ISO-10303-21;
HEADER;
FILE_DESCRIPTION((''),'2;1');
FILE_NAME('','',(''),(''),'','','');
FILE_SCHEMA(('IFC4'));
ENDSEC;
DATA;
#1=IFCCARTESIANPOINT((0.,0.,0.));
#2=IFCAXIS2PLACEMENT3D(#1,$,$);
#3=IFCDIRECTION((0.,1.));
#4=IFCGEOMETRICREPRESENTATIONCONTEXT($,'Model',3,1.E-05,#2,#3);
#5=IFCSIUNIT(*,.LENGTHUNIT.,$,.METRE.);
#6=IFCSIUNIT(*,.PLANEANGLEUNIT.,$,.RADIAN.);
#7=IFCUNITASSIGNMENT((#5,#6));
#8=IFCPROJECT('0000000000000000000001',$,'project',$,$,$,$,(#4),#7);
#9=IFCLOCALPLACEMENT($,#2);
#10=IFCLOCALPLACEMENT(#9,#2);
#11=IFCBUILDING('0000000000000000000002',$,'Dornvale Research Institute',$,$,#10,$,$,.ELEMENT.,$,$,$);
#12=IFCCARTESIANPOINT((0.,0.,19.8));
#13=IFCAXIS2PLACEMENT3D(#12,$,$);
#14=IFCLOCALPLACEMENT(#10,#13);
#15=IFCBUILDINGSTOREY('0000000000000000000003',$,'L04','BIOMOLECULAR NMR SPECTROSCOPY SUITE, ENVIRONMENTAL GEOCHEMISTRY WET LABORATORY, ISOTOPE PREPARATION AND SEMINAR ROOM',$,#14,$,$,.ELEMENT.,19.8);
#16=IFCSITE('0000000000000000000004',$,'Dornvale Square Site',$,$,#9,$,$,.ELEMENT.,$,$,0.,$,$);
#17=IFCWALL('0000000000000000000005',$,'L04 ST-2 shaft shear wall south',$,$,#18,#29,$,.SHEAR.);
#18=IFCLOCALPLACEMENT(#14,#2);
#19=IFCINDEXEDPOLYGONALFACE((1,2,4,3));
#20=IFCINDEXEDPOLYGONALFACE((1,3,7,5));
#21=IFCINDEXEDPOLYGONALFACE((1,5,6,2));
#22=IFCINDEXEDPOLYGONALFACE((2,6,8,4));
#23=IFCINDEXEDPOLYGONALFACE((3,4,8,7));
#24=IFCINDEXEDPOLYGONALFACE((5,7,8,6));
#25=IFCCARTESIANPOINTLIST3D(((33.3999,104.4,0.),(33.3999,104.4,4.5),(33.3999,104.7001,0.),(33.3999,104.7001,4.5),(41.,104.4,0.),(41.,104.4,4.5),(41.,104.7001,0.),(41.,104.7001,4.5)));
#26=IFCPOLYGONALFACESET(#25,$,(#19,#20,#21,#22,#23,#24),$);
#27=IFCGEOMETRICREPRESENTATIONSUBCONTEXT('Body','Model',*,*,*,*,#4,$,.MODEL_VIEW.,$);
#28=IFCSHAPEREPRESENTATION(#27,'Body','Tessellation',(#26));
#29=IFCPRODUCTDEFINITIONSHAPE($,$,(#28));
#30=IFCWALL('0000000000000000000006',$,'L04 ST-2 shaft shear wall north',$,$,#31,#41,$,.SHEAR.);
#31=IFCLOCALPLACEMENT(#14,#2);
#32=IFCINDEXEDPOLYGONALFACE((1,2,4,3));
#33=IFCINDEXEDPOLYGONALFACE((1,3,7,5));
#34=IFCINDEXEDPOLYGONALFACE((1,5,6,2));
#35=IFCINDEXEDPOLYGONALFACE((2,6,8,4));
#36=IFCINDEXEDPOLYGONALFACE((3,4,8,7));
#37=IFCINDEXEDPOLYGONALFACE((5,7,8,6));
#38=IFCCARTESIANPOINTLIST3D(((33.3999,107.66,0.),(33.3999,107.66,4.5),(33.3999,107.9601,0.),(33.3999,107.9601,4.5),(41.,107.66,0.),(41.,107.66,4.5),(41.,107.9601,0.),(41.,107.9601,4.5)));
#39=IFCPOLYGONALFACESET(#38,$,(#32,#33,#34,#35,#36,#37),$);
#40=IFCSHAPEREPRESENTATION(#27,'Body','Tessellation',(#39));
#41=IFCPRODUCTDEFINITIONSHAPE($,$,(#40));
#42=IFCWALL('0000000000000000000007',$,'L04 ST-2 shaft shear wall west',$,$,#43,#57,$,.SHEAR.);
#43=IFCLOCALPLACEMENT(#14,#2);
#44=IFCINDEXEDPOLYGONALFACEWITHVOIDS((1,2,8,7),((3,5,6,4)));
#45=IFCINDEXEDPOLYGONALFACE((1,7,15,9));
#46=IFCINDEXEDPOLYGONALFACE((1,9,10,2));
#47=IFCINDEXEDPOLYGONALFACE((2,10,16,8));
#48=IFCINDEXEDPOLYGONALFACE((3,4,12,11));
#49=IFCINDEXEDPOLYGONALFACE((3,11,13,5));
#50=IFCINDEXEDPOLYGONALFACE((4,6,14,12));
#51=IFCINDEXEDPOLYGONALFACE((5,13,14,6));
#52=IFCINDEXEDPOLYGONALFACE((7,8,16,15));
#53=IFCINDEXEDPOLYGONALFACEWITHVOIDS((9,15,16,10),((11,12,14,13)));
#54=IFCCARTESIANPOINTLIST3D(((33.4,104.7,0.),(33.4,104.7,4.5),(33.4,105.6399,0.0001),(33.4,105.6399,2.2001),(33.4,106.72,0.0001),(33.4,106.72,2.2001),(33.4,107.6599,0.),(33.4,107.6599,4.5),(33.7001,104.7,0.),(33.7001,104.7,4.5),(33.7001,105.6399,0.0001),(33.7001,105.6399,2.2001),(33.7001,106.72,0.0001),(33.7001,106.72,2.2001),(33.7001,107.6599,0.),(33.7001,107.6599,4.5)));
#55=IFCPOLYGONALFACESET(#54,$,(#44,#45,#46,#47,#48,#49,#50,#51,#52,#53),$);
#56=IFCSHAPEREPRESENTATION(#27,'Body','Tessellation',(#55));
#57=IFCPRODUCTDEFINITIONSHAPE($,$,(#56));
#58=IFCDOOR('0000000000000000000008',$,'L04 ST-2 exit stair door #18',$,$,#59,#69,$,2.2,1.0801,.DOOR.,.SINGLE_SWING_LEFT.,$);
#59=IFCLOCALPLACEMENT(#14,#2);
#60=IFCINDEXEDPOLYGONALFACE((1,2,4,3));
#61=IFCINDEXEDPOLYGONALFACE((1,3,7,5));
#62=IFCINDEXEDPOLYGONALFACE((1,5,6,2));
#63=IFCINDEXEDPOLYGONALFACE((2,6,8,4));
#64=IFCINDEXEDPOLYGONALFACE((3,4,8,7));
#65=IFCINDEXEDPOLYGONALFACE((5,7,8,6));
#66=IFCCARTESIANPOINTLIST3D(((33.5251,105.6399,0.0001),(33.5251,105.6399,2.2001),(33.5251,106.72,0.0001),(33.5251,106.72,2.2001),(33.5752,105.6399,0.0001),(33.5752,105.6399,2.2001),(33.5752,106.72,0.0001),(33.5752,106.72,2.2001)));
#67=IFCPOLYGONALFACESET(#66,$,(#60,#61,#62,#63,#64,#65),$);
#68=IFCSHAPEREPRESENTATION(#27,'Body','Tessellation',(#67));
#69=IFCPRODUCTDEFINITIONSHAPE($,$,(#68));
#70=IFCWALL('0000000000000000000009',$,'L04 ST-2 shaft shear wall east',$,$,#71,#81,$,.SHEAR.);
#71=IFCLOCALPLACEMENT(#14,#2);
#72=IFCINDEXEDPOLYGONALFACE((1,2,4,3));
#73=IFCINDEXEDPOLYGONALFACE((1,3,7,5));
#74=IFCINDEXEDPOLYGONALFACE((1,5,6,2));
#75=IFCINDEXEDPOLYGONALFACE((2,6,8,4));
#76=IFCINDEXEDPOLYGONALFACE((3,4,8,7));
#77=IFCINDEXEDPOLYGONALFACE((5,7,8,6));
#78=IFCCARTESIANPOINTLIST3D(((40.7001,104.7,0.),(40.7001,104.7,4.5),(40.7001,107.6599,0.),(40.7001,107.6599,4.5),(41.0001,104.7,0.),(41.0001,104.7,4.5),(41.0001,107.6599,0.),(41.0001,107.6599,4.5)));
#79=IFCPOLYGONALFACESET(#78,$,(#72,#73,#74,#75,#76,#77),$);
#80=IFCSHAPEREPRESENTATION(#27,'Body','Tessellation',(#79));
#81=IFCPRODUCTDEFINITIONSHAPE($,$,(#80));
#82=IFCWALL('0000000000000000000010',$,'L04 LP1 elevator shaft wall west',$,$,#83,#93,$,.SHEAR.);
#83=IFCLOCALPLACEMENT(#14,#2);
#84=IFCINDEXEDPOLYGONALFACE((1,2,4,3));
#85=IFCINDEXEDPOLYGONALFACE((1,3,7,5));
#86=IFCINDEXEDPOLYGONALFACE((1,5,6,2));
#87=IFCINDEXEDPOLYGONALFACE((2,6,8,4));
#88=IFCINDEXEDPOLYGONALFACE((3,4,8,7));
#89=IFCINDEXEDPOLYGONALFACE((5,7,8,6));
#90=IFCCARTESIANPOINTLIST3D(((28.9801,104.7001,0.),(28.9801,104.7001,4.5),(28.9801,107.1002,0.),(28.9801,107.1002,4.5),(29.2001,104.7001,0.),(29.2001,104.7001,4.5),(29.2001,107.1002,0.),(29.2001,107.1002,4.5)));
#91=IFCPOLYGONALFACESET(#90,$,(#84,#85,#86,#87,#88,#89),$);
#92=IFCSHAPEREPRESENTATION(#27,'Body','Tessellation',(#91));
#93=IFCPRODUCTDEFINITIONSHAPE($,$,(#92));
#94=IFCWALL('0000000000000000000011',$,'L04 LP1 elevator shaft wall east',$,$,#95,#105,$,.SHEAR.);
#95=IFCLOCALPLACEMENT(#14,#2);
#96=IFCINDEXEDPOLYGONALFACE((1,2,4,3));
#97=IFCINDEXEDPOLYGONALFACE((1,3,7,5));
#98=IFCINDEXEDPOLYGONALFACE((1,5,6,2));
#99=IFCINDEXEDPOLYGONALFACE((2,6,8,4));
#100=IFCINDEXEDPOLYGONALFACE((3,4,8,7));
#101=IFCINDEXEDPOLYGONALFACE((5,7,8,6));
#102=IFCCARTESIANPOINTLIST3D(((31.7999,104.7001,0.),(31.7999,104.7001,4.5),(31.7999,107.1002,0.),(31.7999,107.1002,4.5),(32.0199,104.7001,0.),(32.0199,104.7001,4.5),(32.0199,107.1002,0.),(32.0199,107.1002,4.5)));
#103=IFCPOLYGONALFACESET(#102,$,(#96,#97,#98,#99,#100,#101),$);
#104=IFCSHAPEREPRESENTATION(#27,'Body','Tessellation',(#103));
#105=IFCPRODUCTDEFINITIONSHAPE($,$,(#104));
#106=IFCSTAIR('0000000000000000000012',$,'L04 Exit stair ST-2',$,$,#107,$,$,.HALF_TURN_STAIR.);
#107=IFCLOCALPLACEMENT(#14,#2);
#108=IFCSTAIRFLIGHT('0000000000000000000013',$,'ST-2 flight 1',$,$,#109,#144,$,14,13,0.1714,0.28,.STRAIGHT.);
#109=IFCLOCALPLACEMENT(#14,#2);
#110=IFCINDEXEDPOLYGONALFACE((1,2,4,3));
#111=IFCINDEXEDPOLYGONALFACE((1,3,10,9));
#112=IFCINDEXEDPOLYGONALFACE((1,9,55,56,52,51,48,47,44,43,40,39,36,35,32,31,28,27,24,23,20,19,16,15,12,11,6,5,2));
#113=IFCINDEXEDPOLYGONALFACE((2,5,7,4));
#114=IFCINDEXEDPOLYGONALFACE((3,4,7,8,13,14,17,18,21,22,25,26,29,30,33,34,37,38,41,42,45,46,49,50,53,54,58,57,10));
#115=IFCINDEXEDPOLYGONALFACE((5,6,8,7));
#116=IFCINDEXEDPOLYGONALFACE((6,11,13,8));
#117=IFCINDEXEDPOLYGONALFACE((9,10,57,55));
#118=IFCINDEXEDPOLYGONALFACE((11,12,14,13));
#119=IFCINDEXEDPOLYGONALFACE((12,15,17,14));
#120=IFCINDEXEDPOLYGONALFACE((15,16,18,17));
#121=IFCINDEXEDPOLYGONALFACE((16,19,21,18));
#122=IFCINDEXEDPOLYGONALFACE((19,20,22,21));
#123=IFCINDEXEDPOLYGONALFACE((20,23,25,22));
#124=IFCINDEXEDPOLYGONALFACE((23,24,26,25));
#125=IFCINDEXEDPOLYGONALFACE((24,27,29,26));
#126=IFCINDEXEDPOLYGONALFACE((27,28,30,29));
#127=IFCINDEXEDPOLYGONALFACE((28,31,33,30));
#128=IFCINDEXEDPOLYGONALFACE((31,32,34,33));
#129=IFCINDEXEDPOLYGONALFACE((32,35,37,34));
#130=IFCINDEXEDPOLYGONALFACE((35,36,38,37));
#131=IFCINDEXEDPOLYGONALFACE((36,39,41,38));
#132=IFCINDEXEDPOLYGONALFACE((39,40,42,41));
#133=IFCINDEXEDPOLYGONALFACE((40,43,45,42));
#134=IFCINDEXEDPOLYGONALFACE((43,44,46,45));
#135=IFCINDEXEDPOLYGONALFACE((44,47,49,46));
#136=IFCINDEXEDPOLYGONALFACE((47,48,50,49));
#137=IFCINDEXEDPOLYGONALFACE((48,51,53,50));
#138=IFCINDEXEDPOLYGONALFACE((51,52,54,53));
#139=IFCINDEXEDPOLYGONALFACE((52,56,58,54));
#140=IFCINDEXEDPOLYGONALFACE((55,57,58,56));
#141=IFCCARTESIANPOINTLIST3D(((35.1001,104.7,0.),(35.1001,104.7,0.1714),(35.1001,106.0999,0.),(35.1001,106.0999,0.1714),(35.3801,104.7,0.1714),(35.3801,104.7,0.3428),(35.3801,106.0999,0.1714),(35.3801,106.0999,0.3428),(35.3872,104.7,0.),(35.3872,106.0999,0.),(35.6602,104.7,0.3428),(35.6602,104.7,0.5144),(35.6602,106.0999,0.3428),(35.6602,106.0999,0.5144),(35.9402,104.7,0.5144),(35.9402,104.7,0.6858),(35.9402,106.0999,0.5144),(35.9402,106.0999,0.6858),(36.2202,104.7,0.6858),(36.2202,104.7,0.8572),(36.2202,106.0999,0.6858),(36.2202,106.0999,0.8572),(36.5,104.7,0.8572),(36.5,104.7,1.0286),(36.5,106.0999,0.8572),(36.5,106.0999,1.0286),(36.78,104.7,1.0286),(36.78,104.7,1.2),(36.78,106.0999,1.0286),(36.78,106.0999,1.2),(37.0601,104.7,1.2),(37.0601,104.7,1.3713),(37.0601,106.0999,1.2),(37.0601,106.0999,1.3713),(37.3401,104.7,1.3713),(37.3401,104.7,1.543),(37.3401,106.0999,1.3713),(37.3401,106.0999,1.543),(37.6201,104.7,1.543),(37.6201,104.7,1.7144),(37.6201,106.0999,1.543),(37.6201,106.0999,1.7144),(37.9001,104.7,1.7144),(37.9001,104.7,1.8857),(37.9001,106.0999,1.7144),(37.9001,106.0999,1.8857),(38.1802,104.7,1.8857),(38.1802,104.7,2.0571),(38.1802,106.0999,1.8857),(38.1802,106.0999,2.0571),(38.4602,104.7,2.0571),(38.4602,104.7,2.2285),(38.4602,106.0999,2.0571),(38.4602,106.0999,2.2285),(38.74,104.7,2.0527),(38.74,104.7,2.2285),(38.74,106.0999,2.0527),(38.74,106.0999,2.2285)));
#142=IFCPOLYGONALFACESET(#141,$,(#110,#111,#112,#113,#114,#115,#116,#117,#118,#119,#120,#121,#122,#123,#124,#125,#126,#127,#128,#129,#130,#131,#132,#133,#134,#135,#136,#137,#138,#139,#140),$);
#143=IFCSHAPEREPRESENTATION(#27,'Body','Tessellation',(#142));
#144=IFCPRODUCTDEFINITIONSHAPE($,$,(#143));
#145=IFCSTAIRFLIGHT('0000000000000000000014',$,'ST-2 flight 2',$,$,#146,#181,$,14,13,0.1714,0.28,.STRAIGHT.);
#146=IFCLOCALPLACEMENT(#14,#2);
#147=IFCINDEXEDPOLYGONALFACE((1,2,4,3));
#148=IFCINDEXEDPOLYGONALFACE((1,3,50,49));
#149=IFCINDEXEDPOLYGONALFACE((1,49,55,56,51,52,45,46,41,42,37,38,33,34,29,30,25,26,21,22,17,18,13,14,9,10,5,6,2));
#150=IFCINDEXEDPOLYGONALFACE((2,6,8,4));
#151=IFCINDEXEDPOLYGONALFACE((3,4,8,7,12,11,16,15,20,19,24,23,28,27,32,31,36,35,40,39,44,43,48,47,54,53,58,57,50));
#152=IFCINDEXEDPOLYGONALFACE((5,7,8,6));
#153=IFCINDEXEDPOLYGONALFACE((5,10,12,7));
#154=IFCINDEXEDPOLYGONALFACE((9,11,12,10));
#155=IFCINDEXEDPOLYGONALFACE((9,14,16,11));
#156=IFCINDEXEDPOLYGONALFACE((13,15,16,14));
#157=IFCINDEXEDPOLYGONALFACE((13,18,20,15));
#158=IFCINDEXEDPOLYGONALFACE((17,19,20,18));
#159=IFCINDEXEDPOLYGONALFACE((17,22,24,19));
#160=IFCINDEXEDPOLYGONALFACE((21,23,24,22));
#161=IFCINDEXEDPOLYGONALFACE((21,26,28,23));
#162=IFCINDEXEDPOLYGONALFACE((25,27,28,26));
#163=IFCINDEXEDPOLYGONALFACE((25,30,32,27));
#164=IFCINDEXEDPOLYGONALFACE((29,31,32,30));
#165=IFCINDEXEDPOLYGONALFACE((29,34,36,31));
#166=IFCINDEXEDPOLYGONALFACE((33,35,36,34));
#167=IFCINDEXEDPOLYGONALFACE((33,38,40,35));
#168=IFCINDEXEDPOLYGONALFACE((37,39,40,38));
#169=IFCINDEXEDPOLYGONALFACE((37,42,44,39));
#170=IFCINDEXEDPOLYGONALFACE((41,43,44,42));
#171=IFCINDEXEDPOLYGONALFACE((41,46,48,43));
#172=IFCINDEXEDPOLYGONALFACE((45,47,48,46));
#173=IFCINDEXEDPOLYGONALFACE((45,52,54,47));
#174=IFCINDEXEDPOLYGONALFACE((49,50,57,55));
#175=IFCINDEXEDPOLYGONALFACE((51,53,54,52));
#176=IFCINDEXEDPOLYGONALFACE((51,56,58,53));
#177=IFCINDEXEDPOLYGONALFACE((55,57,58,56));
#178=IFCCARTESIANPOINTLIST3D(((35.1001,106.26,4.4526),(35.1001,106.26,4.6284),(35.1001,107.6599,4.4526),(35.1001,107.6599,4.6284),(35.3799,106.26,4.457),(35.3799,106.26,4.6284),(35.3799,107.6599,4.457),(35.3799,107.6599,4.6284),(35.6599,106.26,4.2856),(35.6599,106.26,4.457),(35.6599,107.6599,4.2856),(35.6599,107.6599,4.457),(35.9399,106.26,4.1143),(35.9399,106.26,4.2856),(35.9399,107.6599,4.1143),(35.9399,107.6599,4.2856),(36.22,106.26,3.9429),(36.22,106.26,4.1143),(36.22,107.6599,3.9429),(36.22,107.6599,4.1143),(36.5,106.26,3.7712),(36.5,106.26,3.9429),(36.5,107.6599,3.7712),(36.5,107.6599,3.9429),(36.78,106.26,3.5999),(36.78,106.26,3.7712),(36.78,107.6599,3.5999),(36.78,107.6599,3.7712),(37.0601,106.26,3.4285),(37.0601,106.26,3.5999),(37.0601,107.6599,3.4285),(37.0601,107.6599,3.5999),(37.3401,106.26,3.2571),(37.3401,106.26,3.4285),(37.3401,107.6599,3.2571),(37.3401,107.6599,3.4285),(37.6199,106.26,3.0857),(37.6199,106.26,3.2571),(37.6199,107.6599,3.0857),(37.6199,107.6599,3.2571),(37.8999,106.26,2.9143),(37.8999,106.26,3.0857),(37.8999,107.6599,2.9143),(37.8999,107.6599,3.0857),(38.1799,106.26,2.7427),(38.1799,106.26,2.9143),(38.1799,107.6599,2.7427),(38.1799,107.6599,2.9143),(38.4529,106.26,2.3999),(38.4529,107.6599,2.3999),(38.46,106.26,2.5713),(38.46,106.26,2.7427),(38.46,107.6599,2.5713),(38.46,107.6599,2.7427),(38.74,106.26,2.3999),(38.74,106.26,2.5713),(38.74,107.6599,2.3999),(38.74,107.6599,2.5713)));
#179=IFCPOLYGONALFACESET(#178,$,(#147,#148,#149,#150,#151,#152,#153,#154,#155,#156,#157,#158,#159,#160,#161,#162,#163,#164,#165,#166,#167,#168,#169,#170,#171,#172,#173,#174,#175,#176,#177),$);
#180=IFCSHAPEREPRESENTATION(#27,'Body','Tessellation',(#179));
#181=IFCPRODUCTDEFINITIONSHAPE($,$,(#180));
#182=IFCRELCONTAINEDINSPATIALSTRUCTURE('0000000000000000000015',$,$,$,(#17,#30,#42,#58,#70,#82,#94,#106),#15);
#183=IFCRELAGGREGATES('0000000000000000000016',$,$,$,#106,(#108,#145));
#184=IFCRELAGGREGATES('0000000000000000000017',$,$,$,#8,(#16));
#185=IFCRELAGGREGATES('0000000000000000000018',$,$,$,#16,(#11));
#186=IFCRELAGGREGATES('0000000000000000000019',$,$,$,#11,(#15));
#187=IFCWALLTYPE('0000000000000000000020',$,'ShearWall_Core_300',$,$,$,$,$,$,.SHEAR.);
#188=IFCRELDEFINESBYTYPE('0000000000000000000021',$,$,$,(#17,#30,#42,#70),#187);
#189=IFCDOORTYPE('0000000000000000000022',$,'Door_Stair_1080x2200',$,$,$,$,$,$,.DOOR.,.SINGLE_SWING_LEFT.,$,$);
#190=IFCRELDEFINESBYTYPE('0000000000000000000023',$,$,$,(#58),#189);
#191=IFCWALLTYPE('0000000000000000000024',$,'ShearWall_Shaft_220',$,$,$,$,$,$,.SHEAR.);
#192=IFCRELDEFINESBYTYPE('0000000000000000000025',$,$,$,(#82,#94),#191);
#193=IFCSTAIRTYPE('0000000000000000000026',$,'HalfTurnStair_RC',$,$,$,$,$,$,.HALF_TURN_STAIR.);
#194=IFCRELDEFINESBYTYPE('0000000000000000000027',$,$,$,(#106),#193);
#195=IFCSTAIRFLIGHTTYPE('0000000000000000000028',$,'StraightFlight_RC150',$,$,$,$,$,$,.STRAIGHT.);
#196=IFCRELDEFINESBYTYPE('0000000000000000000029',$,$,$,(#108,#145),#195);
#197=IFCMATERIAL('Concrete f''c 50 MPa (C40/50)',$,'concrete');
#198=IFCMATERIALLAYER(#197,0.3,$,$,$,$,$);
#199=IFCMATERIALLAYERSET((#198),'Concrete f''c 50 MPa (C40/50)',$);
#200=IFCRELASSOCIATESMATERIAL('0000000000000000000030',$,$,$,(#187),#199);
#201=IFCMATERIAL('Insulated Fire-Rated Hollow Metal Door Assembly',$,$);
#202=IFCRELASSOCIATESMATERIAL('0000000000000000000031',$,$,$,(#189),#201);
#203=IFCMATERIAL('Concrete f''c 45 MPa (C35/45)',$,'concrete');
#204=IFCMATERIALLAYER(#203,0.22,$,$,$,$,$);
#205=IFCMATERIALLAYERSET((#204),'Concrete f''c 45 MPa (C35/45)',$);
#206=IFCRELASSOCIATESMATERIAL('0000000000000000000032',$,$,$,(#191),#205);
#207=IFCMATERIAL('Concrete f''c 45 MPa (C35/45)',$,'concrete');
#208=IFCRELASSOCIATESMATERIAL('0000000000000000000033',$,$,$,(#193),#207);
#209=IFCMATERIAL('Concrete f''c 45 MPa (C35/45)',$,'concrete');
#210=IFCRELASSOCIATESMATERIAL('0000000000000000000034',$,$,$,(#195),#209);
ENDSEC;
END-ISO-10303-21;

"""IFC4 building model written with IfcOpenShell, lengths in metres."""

from ifc_helpers import new_model, si_unit, direction, frame, frame_2d, origin, place, context, subcontext, project, spatial, polyline, rectangle, outline, extrude, material, layer, layer_set, type_object, element, fill, aggregate, save


model = new_model("IFC4")

# Units and contexts
model_context = context("Model", 3, precision=1e-05, world=origin(), true_north=direction((0.0, 1.0)))
body_context = subcontext(model_context, "Body", "Model", "MODEL_VIEW")
ifc_project = project(units=[si_unit("LENGTHUNIT", "METRE"), si_unit("PLANEANGLEUNIT", "RADIAN")], contexts=[model_context])

# Site, building, storey
site_placement = place(None, origin())
site = spatial("IfcSite", under=ifc_project, at=site_placement, Name="Dornvale Square Site", CompositionType="ELEMENT", RefElevation=0.0)
building_placement = place(site_placement, origin())
building = spatial("IfcBuilding", under=site, at=building_placement, Name="Dornvale Research Institute", CompositionType="ELEMENT")
storey_placement = place(building_placement, frame((0.0, 0.0, 19.8)))
storey = spatial("IfcBuildingStorey", under=building, at=storey_placement, Name="L04", Description="BIOMOLECULAR NMR SPECTROSCOPY SUITE, ENVIRONMENTAL GEOCHEMISTRY WET LABORATORY, ISOTOPE PREPARATION AND SEMINAR ROOM", CompositionType="ELEMENT", Elevation=19.8)

# Walls
ifc_material_1 = material(Name="Concrete f'c 50 MPa (C40/50)", Category="concrete")
ifc_layer_1 = layer(ifc_material_1, 0.3)
ifc_layer_set_1 = layer_set([ifc_layer_1], Name="Concrete f'c 50 MPa (C40/50)")
wall_type_1 = type_object("IfcWallType", Name="ShearWall_Core_300", PredefinedType="SHEAR", material=ifc_layer_set_1)
for number, where, z_axis, x_axis, name in (
    (1, (33.3999, 104.55, 0.0), (0.0, 0.0, 1.0), (1.0, 0.0, 0.0), "L04 ST-2 shaft shear wall south"),
    (2, (33.3999, 107.8101, 0.0), (0.0, 0.0, 1.0), (1.0, 0.0, 0.0), "L04 ST-2 shaft shear wall north"),
):
    element("IfcWall", number, at=place(storey_placement, frame(where, z_axis=z_axis, x_axis=x_axis)), inside=storey, type_object=wall_type_1, Name=name, PredefinedType="SHEAR", context=body_context, shape_type="SweptSolid", body=[
        extrude(rectangle(XDim=7.6001, YDim=0.3, at=frame_2d((3.8, 0.0))), origin(), (0.0, 0.0, 1.0), 4.5),
    ])

# Wall, opening, door
wall_1_placement = place(storey_placement, frame((33.55, 104.7, 0.0), z_axis=(0.0, 0.0, 1.0), x_axis=(0.0, 1.0, 0.0)))
wall_1 = element("IfcWall", 3, at=wall_1_placement, inside=storey, type_object=wall_type_1, Name="L04 ST-2 shaft shear wall west", PredefinedType="SHEAR", context=body_context, shape_type="SweptSolid", body=[
    extrude(rectangle(XDim=2.96, YDim=0.3, at=frame_2d((1.48, 0.0))), origin(), (0.0, 0.0, 1.0), 4.5),
])
opening_placement = place(wall_1_placement, frame((0.9399, 0.0, 0.0)))
opening = element("IfcOpeningElement", 4, at=opening_placement, cuts=wall_1, PredefinedType="OPENING", context=body_context, shape_type="SweptSolid", body=[
    extrude(rectangle(XDim=1.0801, YDim=2.2, at=frame_2d((0.54, 1.1001))), frame((0.0, 0.165, 0.0), z_axis=(0.0, -1.0, 0.0), x_axis=(1.0, 0.0, 0.0)), (0.0, 0.0, 1.0), 0.3301),
])
ifc_material_2 = material(Name="Insulated Fire-Rated Hollow Metal Door Assembly")
door_type = type_object("IfcDoorType", Name="Door_Stair_1080x2200", OperationType="SINGLE_SWING_LEFT", PredefinedType="DOOR", material=ifc_material_2)
door_placement = place(opening_placement, origin())
door = element("IfcDoor", 5, at=door_placement, inside=storey, type_object=door_type, Name="L04 ST-2 exit stair door #18", OperationType="SINGLE_SWING_LEFT", OverallHeight=2.2, OverallWidth=1.0801, PredefinedType="DOOR", context=body_context, shape_type="SweptSolid", body=[
    extrude(rectangle(XDim=1.0801, YDim=2.2, at=frame_2d((0.54, 1.1001))), frame((0.0, 0.0249, 0.0), z_axis=(0.0, -1.0, 0.0), x_axis=(1.0, 0.0, 0.0)), (0.0, 0.0, 1.0), 0.05),
])
fill(opening, door)

# Walls
wall_2_placement = place(storey_placement, frame((40.8501, 104.7, 0.0), z_axis=(0.0, 0.0, 1.0), x_axis=(0.0, 1.0, 0.0)))
element("IfcWall", 6, at=wall_2_placement, inside=storey, type_object=wall_type_1, Name="L04 ST-2 shaft shear wall east", PredefinedType="SHEAR", context=body_context, shape_type="SweptSolid", body=[
    extrude(rectangle(XDim=2.96, YDim=0.3, at=frame_2d((1.48, 0.0))), origin(), (0.0, 0.0, 1.0), 4.5),
])
ifc_material_3 = material(Name="Concrete f'c 45 MPa (C35/45)", Category="concrete")
ifc_layer_2 = layer(ifc_material_3, 0.22)
ifc_layer_set_2 = layer_set([ifc_layer_2], Name="Concrete f'c 45 MPa (C35/45)")
wall_type_2 = type_object("IfcWallType", Name="ShearWall_Shaft_220", PredefinedType="SHEAR", material=ifc_layer_set_2)
for number, where, z_axis, x_axis, name in (
    (7, (29.0901, 104.7, 0.0), (0.0, 0.0, 1.0), (0.0, 1.0, 0.0), "L04 LP1 elevator shaft wall west"),
    (8, (31.9099, 104.7, 0.0), (0.0, 0.0, 1.0), (0.0, 1.0, 0.0), "L04 LP1 elevator shaft wall east"),
):
    element("IfcWall", number, at=place(storey_placement, frame(where, z_axis=z_axis, x_axis=x_axis)), inside=storey, type_object=wall_type_2, Name=name, PredefinedType="SHEAR", context=body_context, shape_type="SweptSolid", body=[
        extrude(rectangle(XDim=2.4001, YDim=0.22, at=frame_2d((1.2002, 0.0))), origin(), (0.0, 0.0, 1.0), 4.5),
    ])

# Stair, stair flights
ifc_material_4 = material(Name="Concrete f'c 45 MPa (C35/45)", Category="concrete")
stair_type = type_object("IfcStairType", Name="HalfTurnStair_RC", PredefinedType="HALF_TURN_STAIR", material=ifc_material_4)
stair_placement = place(storey_placement, origin())
stair = element("IfcStair", 9, at=stair_placement, inside=storey, type_object=stair_type, Name="L04 Exit stair ST-2", PredefinedType="HALF_TURN_STAIR")
ifc_material_5 = material(Name="Concrete f'c 45 MPa (C35/45)", Category="concrete")
stair_flight_type = type_object("IfcStairFlightType", Name="StraightFlight_RC150", PredefinedType="STRAIGHT", material=ifc_material_5)
stair_flight_1_placement = place(storey_placement, frame((35.1001, 105.3999, 0.0), z_axis=(0.0, 0.0, 1.0), x_axis=(1.0, 0.0, 0.0)))
stair_flight_1 = element("IfcStairFlight", 10, at=stair_flight_1_placement, type_object=stair_flight_type, Name="ST-2 flight 1", NumberOfRisers=14, NumberOfTreads=13, PredefinedType="STRAIGHT", RiserHeight=0.1714, TreadLength=0.28, context=body_context, shape_type="SweptSolid", body=[
    extrude(outline(polyline([(0.0, 0.0), (0.0, 0.1714), (0.28, 0.1714), (0.28, 0.3428), (0.5601, 0.3428), (0.5601, 0.5144), (0.8401, 0.5144), (0.8401, 0.6858), (1.1201, 0.6858), (1.1201, 0.8572), (1.3999, 0.8572), (1.3999, 1.0286), (1.6799, 1.0286), (1.6799, 1.2), (1.96, 1.2), (1.96, 1.3713), (2.24, 1.3713), (2.24, 1.543), (2.52, 1.543), (2.52, 1.7144), (2.8, 1.7144), (2.8, 1.8857), (3.0801, 1.8857), (3.0801, 2.0571), (3.3601, 2.0571), (3.3601, 2.2285), (3.6399, 2.2285), (3.6399, 2.3999), (3.6399, 2.0527), (0.2871, 0.0), (0.0, 0.0)])), frame((0.0, 0.7, 0.0), z_axis=(0.0, -1.0, 0.0), x_axis=(1.0, 0.0, 0.0)), (0.0, 0.0, 1.0), 1.3999),
])
stair_flight_2_placement = place(storey_placement, frame((38.74, 106.96, 2.3999), z_axis=(0.0, 0.0, 1.0), x_axis=(-1.0, 0.0, 0.0)))
stair_flight_2 = element("IfcStairFlight", 11, at=stair_flight_2_placement, type_object=stair_flight_type, Name="ST-2 flight 2", NumberOfRisers=14, NumberOfTreads=13, PredefinedType="STRAIGHT", RiserHeight=0.1714, TreadLength=0.28, context=body_context, shape_type="SweptSolid", body=[
    extrude(outline(polyline([(0.0, 0.0), (0.0, 0.1714), (0.28, 0.1714), (0.28, 0.3428), (0.5601, 0.3428), (0.5601, 0.5144), (0.8401, 0.5144), (0.8401, 0.6858), (1.1201, 0.6858), (1.1201, 0.8572), (1.3999, 0.8572), (1.3999, 1.0286), (1.6799, 1.0286), (1.6799, 1.2), (1.96, 1.2), (1.96, 1.3713), (2.24, 1.3713), (2.24, 1.543), (2.52, 1.543), (2.52, 1.7144), (2.8, 1.7144), (2.8, 1.8857), (3.0801, 1.8857), (3.0801, 2.0571), (3.3601, 2.0571), (3.3601, 2.2285), (3.6399, 2.2285), (3.6399, 2.3999), (3.6399, 2.0527), (0.2871, 0.0), (0.0, 0.0)])), frame((0.0, 0.7, 0.0), z_axis=(0.0, -1.0, 0.0), x_axis=(1.0, 0.0, 0.0)), (0.0, 0.0, 1.0), 1.3999),
])
aggregate(stair, [stair_flight_1, stair_flight_2])

save(model, "model.ifc")
